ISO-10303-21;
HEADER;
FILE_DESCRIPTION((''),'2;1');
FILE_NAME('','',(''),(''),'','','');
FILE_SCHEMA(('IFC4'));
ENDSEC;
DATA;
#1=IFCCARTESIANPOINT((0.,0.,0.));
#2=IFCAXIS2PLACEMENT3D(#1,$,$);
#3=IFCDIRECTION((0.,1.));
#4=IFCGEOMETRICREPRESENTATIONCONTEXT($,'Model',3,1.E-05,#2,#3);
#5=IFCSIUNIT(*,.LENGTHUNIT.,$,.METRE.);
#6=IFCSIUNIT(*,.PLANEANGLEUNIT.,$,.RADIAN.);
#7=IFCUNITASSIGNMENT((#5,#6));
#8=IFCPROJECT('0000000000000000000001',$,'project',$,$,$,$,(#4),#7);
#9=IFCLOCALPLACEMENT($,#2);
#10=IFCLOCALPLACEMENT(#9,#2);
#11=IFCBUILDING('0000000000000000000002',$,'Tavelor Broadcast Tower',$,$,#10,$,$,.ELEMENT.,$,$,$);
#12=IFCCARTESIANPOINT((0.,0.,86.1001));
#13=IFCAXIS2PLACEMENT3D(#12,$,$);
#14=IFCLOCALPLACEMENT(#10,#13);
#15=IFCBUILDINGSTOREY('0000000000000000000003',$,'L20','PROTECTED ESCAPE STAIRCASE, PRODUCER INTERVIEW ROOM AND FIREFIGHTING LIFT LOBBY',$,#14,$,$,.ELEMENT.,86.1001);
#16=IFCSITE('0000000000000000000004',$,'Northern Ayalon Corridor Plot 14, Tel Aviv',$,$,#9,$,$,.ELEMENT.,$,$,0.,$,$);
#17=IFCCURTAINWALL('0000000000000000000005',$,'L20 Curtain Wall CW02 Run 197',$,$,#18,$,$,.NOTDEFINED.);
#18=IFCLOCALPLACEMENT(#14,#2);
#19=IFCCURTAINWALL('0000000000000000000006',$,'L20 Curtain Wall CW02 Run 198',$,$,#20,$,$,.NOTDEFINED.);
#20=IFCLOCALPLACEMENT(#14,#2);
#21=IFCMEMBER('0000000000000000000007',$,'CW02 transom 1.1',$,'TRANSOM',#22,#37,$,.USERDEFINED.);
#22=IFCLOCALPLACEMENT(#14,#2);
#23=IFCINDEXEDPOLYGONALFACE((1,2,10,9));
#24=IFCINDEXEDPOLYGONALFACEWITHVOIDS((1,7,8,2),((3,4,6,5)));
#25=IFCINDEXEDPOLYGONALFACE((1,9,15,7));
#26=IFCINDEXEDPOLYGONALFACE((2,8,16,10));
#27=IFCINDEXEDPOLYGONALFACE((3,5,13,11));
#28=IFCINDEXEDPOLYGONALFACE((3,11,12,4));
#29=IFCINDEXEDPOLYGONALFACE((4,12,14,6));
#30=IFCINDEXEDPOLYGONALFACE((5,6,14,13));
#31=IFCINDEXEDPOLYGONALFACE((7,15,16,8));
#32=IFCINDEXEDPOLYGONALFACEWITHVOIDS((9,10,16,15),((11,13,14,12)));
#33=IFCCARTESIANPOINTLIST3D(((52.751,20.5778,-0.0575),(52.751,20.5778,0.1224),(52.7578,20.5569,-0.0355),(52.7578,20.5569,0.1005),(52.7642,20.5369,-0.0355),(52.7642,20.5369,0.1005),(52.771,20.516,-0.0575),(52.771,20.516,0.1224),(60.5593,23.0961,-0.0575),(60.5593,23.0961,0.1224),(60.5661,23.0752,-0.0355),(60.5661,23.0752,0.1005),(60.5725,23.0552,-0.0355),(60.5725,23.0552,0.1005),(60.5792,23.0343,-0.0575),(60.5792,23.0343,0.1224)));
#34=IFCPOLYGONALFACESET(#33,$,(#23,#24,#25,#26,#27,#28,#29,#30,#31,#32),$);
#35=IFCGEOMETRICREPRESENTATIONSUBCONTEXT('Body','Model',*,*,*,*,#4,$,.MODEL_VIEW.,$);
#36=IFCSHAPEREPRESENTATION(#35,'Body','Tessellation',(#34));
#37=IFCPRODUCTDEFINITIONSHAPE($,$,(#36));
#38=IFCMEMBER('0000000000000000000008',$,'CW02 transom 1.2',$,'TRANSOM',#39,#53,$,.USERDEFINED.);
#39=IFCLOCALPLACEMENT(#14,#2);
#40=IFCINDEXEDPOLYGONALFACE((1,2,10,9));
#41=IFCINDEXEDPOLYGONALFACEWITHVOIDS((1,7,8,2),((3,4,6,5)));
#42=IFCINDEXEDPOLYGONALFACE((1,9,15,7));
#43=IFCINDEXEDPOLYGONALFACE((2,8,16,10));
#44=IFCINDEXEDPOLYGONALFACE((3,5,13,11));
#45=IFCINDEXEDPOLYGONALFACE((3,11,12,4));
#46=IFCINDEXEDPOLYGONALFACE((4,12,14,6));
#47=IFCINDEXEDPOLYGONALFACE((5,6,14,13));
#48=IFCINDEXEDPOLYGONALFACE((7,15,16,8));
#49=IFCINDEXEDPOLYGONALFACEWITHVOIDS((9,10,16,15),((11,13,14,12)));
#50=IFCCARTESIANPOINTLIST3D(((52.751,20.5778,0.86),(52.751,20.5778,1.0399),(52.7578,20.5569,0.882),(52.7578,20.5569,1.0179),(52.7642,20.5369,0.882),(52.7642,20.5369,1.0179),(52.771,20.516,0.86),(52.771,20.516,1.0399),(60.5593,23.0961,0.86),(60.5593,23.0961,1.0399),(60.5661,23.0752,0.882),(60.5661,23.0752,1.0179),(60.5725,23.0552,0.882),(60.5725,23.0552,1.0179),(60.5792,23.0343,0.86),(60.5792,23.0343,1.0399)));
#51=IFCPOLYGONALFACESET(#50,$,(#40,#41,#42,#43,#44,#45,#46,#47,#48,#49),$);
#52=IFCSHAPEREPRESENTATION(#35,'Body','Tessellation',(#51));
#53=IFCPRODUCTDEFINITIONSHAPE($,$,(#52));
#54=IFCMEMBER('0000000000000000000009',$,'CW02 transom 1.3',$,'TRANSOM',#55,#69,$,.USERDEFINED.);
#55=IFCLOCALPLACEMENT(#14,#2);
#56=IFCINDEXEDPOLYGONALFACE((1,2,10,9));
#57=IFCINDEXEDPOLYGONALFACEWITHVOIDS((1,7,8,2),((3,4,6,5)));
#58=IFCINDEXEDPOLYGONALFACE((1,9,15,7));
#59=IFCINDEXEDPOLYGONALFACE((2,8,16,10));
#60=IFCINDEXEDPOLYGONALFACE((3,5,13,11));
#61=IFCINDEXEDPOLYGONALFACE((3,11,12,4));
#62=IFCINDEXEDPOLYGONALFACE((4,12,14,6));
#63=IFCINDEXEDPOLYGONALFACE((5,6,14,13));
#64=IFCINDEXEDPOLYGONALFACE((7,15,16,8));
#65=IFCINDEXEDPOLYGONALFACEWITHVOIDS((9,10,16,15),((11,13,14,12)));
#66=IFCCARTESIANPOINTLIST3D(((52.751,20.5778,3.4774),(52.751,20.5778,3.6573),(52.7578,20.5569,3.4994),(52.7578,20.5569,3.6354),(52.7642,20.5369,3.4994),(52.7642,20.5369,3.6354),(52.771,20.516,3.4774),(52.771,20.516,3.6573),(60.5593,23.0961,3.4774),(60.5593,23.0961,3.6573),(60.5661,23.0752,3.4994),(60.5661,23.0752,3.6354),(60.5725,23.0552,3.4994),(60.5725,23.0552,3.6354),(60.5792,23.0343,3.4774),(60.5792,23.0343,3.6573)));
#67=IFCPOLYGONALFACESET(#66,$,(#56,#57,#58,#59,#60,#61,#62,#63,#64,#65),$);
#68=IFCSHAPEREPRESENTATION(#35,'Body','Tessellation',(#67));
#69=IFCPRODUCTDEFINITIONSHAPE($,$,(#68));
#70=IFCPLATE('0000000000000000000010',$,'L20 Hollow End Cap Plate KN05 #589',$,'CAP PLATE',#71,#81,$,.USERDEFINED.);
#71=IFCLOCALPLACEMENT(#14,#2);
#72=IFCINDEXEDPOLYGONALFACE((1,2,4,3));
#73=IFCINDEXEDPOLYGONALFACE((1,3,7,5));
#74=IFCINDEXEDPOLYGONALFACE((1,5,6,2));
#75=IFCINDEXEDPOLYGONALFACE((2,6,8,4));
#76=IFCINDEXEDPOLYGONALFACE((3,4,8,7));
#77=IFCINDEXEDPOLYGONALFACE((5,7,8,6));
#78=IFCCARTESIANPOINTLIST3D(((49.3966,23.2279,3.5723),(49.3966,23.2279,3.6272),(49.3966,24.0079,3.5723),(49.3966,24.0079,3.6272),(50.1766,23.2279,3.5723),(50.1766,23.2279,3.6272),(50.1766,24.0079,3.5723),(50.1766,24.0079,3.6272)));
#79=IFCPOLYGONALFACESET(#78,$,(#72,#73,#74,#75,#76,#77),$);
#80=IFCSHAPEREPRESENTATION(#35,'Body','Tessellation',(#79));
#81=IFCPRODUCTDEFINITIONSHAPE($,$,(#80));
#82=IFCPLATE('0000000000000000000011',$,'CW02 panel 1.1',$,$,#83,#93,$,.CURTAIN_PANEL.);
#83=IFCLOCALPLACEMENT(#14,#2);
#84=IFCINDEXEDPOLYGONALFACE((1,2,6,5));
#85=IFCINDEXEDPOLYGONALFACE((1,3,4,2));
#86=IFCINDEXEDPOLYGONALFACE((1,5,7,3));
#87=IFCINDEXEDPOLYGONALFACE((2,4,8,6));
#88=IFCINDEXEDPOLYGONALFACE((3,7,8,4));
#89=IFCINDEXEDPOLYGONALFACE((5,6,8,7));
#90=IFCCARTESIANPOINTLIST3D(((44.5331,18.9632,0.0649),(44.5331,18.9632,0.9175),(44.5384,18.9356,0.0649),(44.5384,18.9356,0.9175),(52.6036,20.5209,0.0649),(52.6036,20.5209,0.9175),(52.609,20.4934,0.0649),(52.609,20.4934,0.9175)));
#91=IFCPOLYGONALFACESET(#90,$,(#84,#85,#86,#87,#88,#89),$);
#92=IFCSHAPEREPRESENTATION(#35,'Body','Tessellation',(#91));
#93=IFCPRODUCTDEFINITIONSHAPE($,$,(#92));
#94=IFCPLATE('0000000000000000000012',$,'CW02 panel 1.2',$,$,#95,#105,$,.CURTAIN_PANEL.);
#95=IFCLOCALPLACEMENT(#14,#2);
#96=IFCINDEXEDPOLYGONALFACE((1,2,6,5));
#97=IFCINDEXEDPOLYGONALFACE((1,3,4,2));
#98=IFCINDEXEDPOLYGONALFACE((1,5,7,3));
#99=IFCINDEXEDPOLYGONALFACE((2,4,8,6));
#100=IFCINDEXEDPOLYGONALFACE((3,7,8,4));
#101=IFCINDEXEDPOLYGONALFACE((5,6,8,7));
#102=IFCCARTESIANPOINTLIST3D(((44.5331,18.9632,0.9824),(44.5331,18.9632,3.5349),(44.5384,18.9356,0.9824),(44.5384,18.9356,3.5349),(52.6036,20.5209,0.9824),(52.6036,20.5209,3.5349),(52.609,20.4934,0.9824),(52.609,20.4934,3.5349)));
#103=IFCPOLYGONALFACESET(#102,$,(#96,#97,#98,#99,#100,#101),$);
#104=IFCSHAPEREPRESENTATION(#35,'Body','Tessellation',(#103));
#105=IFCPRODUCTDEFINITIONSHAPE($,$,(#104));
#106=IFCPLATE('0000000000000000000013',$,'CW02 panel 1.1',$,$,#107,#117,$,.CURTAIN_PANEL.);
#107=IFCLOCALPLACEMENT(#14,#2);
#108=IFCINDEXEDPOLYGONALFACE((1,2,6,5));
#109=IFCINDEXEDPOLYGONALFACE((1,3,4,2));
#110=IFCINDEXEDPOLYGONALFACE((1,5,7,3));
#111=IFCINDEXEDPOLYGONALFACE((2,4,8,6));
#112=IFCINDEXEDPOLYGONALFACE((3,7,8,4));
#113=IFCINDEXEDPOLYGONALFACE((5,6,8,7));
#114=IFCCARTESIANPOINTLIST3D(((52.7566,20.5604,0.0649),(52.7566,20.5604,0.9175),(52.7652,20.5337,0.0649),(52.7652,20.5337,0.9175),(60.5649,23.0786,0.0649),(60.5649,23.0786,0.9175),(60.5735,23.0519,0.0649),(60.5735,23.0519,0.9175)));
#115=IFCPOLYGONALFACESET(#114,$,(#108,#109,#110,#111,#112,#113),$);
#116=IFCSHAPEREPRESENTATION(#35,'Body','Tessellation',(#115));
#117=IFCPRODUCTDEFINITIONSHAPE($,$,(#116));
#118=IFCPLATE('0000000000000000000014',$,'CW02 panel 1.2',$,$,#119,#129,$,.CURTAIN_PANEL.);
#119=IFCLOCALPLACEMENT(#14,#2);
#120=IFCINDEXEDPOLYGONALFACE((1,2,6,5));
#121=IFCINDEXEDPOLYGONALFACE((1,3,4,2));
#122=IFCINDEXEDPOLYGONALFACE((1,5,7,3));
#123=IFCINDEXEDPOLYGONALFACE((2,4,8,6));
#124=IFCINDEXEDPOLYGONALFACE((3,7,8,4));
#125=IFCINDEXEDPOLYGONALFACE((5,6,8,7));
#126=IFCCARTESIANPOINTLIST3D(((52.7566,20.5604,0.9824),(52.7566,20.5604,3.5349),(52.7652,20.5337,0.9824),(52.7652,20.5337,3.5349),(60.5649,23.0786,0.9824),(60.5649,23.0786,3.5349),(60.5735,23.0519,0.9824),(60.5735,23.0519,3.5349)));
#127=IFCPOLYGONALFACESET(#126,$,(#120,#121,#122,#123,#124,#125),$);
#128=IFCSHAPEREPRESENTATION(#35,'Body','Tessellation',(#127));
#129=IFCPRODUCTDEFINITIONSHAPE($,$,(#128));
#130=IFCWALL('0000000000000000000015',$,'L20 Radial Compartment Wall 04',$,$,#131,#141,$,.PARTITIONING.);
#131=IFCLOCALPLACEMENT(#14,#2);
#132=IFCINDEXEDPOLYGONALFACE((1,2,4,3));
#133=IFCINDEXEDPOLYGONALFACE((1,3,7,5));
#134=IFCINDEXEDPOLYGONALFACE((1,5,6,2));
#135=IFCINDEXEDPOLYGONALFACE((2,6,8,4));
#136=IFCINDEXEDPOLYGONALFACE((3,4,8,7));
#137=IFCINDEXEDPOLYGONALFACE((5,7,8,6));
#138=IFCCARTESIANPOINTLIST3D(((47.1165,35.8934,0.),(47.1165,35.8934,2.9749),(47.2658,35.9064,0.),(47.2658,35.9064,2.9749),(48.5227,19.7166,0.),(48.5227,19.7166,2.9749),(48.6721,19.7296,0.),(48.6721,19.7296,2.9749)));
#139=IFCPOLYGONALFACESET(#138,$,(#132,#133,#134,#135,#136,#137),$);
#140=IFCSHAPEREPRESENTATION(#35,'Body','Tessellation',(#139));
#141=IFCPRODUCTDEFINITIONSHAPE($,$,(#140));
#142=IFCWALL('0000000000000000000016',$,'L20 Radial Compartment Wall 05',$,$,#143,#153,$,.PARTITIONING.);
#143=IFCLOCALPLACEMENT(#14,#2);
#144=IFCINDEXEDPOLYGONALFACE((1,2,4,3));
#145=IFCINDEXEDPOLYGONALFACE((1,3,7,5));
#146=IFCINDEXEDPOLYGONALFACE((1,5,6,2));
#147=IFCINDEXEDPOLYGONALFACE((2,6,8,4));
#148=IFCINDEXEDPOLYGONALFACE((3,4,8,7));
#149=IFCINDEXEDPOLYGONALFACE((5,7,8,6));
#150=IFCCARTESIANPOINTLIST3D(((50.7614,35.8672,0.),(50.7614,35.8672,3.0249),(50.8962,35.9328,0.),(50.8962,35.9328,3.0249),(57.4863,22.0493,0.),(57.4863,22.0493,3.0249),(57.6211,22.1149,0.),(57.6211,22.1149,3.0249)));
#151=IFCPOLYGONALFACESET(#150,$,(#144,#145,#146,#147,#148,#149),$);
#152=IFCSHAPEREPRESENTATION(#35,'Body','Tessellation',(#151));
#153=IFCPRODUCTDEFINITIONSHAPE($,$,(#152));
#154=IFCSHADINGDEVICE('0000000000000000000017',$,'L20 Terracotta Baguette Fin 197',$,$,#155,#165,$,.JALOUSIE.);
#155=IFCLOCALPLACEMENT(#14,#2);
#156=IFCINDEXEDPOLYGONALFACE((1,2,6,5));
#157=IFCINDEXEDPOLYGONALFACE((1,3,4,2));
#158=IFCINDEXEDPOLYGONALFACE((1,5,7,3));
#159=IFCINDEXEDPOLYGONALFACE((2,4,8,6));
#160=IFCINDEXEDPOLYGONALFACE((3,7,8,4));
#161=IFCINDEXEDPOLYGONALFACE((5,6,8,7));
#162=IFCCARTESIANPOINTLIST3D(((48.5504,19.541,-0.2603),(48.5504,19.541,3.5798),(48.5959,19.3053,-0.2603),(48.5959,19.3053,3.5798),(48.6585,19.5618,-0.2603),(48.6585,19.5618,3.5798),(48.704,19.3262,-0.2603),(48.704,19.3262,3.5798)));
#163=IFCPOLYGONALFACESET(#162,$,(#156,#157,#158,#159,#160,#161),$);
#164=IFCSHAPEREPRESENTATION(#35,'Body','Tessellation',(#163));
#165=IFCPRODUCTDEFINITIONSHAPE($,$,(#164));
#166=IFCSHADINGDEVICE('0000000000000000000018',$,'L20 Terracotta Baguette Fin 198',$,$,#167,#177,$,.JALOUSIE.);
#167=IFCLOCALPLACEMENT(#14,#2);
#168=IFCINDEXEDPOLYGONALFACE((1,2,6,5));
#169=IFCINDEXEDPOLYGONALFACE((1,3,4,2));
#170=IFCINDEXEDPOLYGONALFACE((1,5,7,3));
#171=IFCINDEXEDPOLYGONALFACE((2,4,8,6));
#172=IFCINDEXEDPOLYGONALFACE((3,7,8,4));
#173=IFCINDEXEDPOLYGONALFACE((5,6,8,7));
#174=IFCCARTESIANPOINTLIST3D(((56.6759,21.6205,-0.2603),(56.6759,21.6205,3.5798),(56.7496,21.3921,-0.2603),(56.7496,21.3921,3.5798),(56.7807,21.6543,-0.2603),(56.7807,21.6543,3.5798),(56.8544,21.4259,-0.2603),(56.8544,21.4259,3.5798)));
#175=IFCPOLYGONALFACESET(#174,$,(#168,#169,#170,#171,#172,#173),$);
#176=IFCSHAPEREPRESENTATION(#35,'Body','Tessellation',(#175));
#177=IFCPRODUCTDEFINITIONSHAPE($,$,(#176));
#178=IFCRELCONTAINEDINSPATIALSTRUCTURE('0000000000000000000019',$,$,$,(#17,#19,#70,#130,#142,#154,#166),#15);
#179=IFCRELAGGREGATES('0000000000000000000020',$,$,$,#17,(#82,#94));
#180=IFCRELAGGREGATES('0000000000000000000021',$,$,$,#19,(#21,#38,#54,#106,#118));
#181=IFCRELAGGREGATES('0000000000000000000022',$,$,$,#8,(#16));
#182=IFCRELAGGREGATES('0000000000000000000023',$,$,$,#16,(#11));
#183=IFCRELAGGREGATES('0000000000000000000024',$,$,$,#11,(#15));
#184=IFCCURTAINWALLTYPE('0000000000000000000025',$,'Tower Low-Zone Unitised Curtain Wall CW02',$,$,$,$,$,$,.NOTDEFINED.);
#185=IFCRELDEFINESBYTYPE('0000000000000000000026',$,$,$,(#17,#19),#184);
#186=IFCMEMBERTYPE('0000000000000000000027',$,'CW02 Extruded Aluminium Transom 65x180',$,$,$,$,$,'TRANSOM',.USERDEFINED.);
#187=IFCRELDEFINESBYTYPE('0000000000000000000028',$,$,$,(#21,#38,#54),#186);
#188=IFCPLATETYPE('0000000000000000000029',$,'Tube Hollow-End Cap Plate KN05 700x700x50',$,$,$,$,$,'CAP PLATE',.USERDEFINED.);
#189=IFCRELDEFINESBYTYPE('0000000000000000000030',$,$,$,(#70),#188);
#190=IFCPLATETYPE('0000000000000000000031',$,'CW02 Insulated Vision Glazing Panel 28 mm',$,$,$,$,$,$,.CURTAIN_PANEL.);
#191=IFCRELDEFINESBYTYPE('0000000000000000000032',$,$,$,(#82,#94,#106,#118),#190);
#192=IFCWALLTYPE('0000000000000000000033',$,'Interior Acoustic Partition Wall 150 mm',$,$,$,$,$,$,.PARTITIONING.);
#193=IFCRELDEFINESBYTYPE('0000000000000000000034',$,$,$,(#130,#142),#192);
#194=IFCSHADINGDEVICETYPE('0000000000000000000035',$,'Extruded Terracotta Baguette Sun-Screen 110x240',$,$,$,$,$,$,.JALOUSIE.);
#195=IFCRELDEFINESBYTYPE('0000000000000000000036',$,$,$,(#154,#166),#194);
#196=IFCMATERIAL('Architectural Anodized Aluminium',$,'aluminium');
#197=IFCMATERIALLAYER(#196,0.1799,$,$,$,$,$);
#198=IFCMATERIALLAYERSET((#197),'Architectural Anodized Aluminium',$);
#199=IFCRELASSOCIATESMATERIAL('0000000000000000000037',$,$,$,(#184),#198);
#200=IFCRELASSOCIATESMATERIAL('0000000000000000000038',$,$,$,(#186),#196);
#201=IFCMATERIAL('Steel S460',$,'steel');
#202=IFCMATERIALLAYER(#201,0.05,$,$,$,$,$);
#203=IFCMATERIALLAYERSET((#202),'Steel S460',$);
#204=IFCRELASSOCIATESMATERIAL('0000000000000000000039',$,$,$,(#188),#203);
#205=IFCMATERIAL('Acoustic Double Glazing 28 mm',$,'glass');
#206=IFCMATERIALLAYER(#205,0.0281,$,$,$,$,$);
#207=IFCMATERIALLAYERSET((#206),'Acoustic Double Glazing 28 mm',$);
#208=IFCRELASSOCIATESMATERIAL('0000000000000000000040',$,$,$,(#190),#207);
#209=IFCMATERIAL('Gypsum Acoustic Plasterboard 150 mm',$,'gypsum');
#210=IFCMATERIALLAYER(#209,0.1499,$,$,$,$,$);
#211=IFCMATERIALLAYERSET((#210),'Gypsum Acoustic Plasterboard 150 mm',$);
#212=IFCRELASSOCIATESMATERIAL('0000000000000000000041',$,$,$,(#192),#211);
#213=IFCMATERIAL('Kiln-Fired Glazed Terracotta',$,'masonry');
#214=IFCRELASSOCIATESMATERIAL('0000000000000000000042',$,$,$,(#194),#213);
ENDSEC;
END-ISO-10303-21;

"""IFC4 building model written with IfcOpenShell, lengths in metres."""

from ifc_helpers import new_model, si_unit, direction, frame, frame_2d, origin, origin_2d, place, context, subcontext, project, spatial, rectangle, hollow_rectangle, extrude, source, transform, mapped, material, layer, layer_set, material_profile, profile_set, type_object, type_shapes, element, aggregate, save


model = new_model("IFC4")

# Units and contexts
model_context = context("Model", 3, precision=1e-05, world=origin(), true_north=direction((0.0, 1.0)))
body_context = subcontext(model_context, "Body", "Model", "MODEL_VIEW")
ifc_project = project(units=[si_unit("LENGTHUNIT", "METRE"), si_unit("PLANEANGLEUNIT", "RADIAN")], contexts=[model_context])

# Site, building, storey
site_placement = place(None, origin())
site = spatial("IfcSite", under=ifc_project, at=site_placement, Name="Northern Ayalon Corridor Plot 14, Tel Aviv", CompositionType="ELEMENT", RefElevation=0.0)
building_placement = place(site_placement, origin())
building = spatial("IfcBuilding", under=site, at=building_placement, Name="Tavelor Broadcast Tower", CompositionType="ELEMENT")
storey_placement = place(building_placement, frame((0.0, 0.0, 86.1001)))
storey = spatial("IfcBuildingStorey", under=building, at=storey_placement, Name="L20", Description="PROTECTED ESCAPE STAIRCASE, PRODUCER INTERVIEW ROOM AND FIREFIGHTING LIFT LOBBY", CompositionType="ELEMENT", Elevation=86.1001)

# Shared definitions
ifc_material_1 = material(Name="Steel S460", Category="steel")

# Curtain wall
ifc_material_2 = material(Name="Architectural Anodized Aluminium", Category="aluminium")
ifc_layer_1 = layer(ifc_material_2, 0.1799)
ifc_layer_set_1 = layer_set([ifc_layer_1], Name="Architectural Anodized Aluminium")
curtain_wall_type = type_object("IfcCurtainWallType", Name="Tower Low-Zone Unitised Curtain Wall CW02", PredefinedType="NOTDEFINED", material=ifc_layer_set_1)
curtain_wall_1_placement = place(storey_placement, origin())
curtain_wall_1 = element("IfcCurtainWall", 1, at=curtain_wall_1_placement, inside=storey, type_object=curtain_wall_type, Name="L20 Curtain Wall CW02 Run 197", PredefinedType="NOTDEFINED")

# Curtain wall
curtain_wall_2_placement = place(storey_placement, origin())
curtain_wall_2 = element("IfcCurtainWall", 2, at=curtain_wall_2_placement, inside=storey, type_object=curtain_wall_type, Name="L20 Curtain Wall CW02 Run 198", PredefinedType="NOTDEFINED")

# Members
ifc_material_profile_1 = material_profile(ifc_material_2, hollow_rectangle(XDim=0.0649, YDim=0.1799, WallThickness=0.022, at=origin_2d()), Name="RHS 65x180x22")
ifc_profile_set_1 = profile_set([ifc_material_profile_1], Name="Architectural Anodized Aluminium")
member_type_1 = type_object("IfcMemberType", Name="CW02 Extruded Aluminium Transom 65x180", ElementType="TRANSOM", PredefinedType="USERDEFINED", material=ifc_profile_set_1)
shared_shape_1 = source(origin(), body_context, "Body", "SweptSolid", [
    extrude(hollow_rectangle(XDim=0.0649, YDim=0.1799, WallThickness=0.022, at=origin_2d()), origin(), (0.0, 0.0, 1.0), 8.2043),
])
member_1_placement = place(storey_placement, frame((52.761, 20.5469, 0.0325), z_axis=(0.951727, 0.306946, 0.0), x_axis=(-0.306946, 0.951727, 0.0)))
member_1 = element("IfcMember", 3, at=member_1_placement, type_object=member_type_1, Name="CW02 transom 1.1", ObjectType="TRANSOM", PredefinedType="USERDEFINED", context=body_context, shape_type="MappedRepresentation", body=[
    mapped(shared_shape_1, transform((0.0, 0.0, 0.0), scale=1.0)),
])
member_2_placement = place(storey_placement, frame((52.761, 20.5469, 0.95), z_axis=(0.951727, 0.306946, 0.0), x_axis=(-0.306946, 0.951727, 0.0)))
member_2 = element("IfcMember", 4, at=member_2_placement, type_object=member_type_1, Name="CW02 transom 1.2", ObjectType="TRANSOM", PredefinedType="USERDEFINED", context=body_context, shape_type="MappedRepresentation", body=[
    mapped(shared_shape_1, transform((0.0, 0.0, 0.0), scale=1.0)),
])
member_3_placement = place(storey_placement, frame((52.761, 20.5469, 3.5674), z_axis=(0.951727, 0.306946, 0.0), x_axis=(-0.306946, 0.951727, 0.0)))
member_3 = element("IfcMember", 5, at=member_3_placement, type_object=member_type_1, Name="CW02 transom 1.3", ObjectType="TRANSOM", PredefinedType="USERDEFINED", context=body_context, shape_type="MappedRepresentation", body=[
    mapped(shared_shape_1, transform((0.0, 0.0, 0.0), scale=1.0)),
])

# Plates
ifc_layer_2 = layer(ifc_material_1, 0.05)
ifc_layer_set_2 = layer_set([ifc_layer_2], Name="Steel S460")
plate_type_1 = type_object("IfcPlateType", Name="Tube Hollow-End Cap Plate KN05 700x700x50", ElementType="CAP PLATE", PredefinedType="USERDEFINED", material=ifc_layer_set_2)
shared_shape_2 = source(origin(), body_context, "Body", "SweptSolid", [
    extrude(rectangle(XDim=0.78, YDim=0.78, at=origin_2d()), origin(), (0.0, 0.0, 1.0), 0.0549),
])
type_shapes(plate_type_1, [shared_shape_2])
plate_1_placement = place(storey_placement, frame((49.7866, 23.6179, 3.5723), z_axis=(0.0, 0.0, 1.0), x_axis=(1.0, 0.0, 0.0)))
element("IfcPlate", 6, at=plate_1_placement, inside=storey, type_object=plate_type_1, Name="L20 Hollow End Cap Plate KN05 #589", ObjectType="CAP PLATE", PredefinedType="USERDEFINED", context=body_context, shape_type="MappedRepresentation", body=[
    mapped(shared_shape_2, transform((0.0, 0.0, 0.0), scale=1.0)),
])
ifc_material_3 = material(Name="Acoustic Double Glazing 28 mm", Category="glass")
ifc_layer_3 = layer(ifc_material_3, 0.0281)
ifc_layer_set_3 = layer_set([ifc_layer_3], Name="Acoustic Double Glazing 28 mm")
plate_type_2 = type_object("IfcPlateType", Name="CW02 Insulated Vision Glazing Panel 28 mm", PredefinedType="CURTAIN_PANEL", material=ifc_layer_set_3)
shared_shape_3 = source(origin(), body_context, "Body", "SweptSolid", [
    extrude(rectangle(XDim=8.2195, YDim=0.0281, at=origin_2d()), origin(), (0.0, 0.0, 1.0), 0.8525),
])
plate_2_placement = place(storey_placement, frame((48.571, 19.7283, 0.0649), z_axis=(0.0, 0.0, 1.0), x_axis=(0.981877, 0.18952, 0.0)))
plate_2 = element("IfcPlate", 7, at=plate_2_placement, type_object=plate_type_2, Name="CW02 panel 1.1", PredefinedType="CURTAIN_PANEL", context=body_context, shape_type="MappedRepresentation", body=[
    mapped(shared_shape_3, transform((0.0, 0.0, 0.0), scale=1.0)),
])
shared_shape_4 = source(origin(), body_context, "Body", "SweptSolid", [
    extrude(rectangle(XDim=8.2195, YDim=0.0281, at=origin_2d()), origin(), (0.0, 0.0, 1.0), 2.5525),
])
plate_3_placement = place(storey_placement, frame((48.571, 19.7283, 0.9824), z_axis=(0.0, 0.0, 1.0), x_axis=(0.981877, 0.18952, 0.0)))
plate_3 = element("IfcPlate", 8, at=plate_3_placement, type_object=plate_type_2, Name="CW02 panel 1.2", PredefinedType="CURTAIN_PANEL", context=body_context, shape_type="MappedRepresentation", body=[
    mapped(shared_shape_4, transform((0.0, 0.0, 0.0), scale=1.0)),
])
aggregate(curtain_wall_1, [plate_2, plate_3])
shared_shape_5 = source(origin(), body_context, "Body", "SweptSolid", [
    extrude(rectangle(XDim=8.2043, YDim=0.0281, at=origin_2d()), origin(), (0.0, 0.0, 1.0), 0.8525),
])
plate_4_placement = place(storey_placement, frame((56.665, 21.8062, 0.0649), z_axis=(0.0, 0.0, 1.0), x_axis=(0.951728, 0.306944, 0.0)))
plate_4 = element("IfcPlate", 9, at=plate_4_placement, type_object=plate_type_2, Name="CW02 panel 1.1", PredefinedType="CURTAIN_PANEL", context=body_context, shape_type="MappedRepresentation", body=[
    mapped(shared_shape_5, transform((0.0, 0.0, 0.0), scale=1.0)),
])
shared_shape_6 = source(origin(), body_context, "Body", "SweptSolid", [
    extrude(rectangle(XDim=8.2043, YDim=0.0281, at=origin_2d()), origin(), (0.0, 0.0, 1.0), 2.5525),
])
type_shapes(plate_type_2, [shared_shape_3, shared_shape_4, shared_shape_5, shared_shape_6])
plate_5_placement = place(storey_placement, frame((56.665, 21.8062, 0.9824), z_axis=(0.0, 0.0, 1.0), x_axis=(0.951728, 0.306944, 0.0)))
plate_5 = element("IfcPlate", 10, at=plate_5_placement, type_object=plate_type_2, Name="CW02 panel 1.2", PredefinedType="CURTAIN_PANEL", context=body_context, shape_type="MappedRepresentation", body=[
    mapped(shared_shape_6, transform((0.0, 0.0, 0.0), scale=1.0)),
])
aggregate(curtain_wall_2, [member_1, member_2, member_3, plate_4, plate_5])

# Walls
ifc_material_4 = material(Name="Gypsum Acoustic Plasterboard 150 mm", Category="gypsum")
ifc_layer_4 = layer(ifc_material_4, 0.1499)
ifc_layer_set_4 = layer_set([ifc_layer_4], Name="Gypsum Acoustic Plasterboard 150 mm")
wall_type = type_object("IfcWallType", Name="Interior Acoustic Partition Wall 150 mm", PredefinedType="PARTITIONING", material=ifc_layer_set_4)
wall_1_placement = place(storey_placement, frame((47.1912, 35.8999, 0.0), z_axis=(0.0, 0.0, 1.0), x_axis=(0.086604, -0.996243, 0.0)))
element("IfcWall", 11, at=wall_1_placement, inside=storey, type_object=wall_type, Name="L20 Radial Compartment Wall 04", PredefinedType="PARTITIONING", context=body_context, shape_type="SweptSolid", body=[
    extrude(rectangle(XDim=16.2378, YDim=0.1499, at=frame_2d((8.1189, 0.0))), origin(), (0.0, 0.0, 1.0), 2.9749),
])
wall_2_placement = place(storey_placement, frame((50.8289, 35.8999, 0.0), z_axis=(0.0, 0.0, 1.0), x_axis=(0.437605, -0.899167, 0.0)))
element("IfcWall", 12, at=wall_2_placement, inside=storey, type_object=wall_type, Name="L20 Radial Compartment Wall 05", PredefinedType="PARTITIONING", context=body_context, shape_type="SweptSolid", body=[
    extrude(rectangle(XDim=15.3674, YDim=0.1499, at=frame_2d((7.6836, 0.0))), origin(), (0.0, 0.0, 1.0), 3.0249),
])

# Shading devices
ifc_material_5 = material(Name="Kiln-Fired Glazed Terracotta", Category="masonry")
shading_device_type = type_object("IfcShadingDeviceType", Name="Extruded Terracotta Baguette Sun-Screen 110x240", PredefinedType="JALOUSIE", material=ifc_material_5)
shared_shape_7 = source(origin(), body_context, "Body", "SweptSolid", [
    extrude(rectangle(XDim=0.1101, YDim=0.24, at=origin_2d()), origin(), (0.0, 0.0, 1.0), 3.8401),
])
type_shapes(shading_device_type, [shared_shape_7])
for number, where, z_axis, x_axis, name in (
    (13, (48.6272, 19.4336, -0.2603), (0.0, 0.0, 1.0), (0.981893, 0.189438, 0.0), "L20 Terracotta Baguette Fin 197"),
    (14, (56.7651, 21.5232, -0.2603), (0.0, 0.0, 1.0), (0.951702, 0.307024, 0.0), "L20 Terracotta Baguette Fin 198"),
):
    element("IfcShadingDevice", number, at=place(storey_placement, frame(where, z_axis=z_axis, x_axis=x_axis)), inside=storey, type_object=shading_device_type, Name=name, PredefinedType="JALOUSIE", context=body_context, shape_type="MappedRepresentation", body=[
        mapped(shared_shape_7, transform((0.0, 0.0, 0.0), scale=1.0)),
    ])

save(model, "model.ifc")
